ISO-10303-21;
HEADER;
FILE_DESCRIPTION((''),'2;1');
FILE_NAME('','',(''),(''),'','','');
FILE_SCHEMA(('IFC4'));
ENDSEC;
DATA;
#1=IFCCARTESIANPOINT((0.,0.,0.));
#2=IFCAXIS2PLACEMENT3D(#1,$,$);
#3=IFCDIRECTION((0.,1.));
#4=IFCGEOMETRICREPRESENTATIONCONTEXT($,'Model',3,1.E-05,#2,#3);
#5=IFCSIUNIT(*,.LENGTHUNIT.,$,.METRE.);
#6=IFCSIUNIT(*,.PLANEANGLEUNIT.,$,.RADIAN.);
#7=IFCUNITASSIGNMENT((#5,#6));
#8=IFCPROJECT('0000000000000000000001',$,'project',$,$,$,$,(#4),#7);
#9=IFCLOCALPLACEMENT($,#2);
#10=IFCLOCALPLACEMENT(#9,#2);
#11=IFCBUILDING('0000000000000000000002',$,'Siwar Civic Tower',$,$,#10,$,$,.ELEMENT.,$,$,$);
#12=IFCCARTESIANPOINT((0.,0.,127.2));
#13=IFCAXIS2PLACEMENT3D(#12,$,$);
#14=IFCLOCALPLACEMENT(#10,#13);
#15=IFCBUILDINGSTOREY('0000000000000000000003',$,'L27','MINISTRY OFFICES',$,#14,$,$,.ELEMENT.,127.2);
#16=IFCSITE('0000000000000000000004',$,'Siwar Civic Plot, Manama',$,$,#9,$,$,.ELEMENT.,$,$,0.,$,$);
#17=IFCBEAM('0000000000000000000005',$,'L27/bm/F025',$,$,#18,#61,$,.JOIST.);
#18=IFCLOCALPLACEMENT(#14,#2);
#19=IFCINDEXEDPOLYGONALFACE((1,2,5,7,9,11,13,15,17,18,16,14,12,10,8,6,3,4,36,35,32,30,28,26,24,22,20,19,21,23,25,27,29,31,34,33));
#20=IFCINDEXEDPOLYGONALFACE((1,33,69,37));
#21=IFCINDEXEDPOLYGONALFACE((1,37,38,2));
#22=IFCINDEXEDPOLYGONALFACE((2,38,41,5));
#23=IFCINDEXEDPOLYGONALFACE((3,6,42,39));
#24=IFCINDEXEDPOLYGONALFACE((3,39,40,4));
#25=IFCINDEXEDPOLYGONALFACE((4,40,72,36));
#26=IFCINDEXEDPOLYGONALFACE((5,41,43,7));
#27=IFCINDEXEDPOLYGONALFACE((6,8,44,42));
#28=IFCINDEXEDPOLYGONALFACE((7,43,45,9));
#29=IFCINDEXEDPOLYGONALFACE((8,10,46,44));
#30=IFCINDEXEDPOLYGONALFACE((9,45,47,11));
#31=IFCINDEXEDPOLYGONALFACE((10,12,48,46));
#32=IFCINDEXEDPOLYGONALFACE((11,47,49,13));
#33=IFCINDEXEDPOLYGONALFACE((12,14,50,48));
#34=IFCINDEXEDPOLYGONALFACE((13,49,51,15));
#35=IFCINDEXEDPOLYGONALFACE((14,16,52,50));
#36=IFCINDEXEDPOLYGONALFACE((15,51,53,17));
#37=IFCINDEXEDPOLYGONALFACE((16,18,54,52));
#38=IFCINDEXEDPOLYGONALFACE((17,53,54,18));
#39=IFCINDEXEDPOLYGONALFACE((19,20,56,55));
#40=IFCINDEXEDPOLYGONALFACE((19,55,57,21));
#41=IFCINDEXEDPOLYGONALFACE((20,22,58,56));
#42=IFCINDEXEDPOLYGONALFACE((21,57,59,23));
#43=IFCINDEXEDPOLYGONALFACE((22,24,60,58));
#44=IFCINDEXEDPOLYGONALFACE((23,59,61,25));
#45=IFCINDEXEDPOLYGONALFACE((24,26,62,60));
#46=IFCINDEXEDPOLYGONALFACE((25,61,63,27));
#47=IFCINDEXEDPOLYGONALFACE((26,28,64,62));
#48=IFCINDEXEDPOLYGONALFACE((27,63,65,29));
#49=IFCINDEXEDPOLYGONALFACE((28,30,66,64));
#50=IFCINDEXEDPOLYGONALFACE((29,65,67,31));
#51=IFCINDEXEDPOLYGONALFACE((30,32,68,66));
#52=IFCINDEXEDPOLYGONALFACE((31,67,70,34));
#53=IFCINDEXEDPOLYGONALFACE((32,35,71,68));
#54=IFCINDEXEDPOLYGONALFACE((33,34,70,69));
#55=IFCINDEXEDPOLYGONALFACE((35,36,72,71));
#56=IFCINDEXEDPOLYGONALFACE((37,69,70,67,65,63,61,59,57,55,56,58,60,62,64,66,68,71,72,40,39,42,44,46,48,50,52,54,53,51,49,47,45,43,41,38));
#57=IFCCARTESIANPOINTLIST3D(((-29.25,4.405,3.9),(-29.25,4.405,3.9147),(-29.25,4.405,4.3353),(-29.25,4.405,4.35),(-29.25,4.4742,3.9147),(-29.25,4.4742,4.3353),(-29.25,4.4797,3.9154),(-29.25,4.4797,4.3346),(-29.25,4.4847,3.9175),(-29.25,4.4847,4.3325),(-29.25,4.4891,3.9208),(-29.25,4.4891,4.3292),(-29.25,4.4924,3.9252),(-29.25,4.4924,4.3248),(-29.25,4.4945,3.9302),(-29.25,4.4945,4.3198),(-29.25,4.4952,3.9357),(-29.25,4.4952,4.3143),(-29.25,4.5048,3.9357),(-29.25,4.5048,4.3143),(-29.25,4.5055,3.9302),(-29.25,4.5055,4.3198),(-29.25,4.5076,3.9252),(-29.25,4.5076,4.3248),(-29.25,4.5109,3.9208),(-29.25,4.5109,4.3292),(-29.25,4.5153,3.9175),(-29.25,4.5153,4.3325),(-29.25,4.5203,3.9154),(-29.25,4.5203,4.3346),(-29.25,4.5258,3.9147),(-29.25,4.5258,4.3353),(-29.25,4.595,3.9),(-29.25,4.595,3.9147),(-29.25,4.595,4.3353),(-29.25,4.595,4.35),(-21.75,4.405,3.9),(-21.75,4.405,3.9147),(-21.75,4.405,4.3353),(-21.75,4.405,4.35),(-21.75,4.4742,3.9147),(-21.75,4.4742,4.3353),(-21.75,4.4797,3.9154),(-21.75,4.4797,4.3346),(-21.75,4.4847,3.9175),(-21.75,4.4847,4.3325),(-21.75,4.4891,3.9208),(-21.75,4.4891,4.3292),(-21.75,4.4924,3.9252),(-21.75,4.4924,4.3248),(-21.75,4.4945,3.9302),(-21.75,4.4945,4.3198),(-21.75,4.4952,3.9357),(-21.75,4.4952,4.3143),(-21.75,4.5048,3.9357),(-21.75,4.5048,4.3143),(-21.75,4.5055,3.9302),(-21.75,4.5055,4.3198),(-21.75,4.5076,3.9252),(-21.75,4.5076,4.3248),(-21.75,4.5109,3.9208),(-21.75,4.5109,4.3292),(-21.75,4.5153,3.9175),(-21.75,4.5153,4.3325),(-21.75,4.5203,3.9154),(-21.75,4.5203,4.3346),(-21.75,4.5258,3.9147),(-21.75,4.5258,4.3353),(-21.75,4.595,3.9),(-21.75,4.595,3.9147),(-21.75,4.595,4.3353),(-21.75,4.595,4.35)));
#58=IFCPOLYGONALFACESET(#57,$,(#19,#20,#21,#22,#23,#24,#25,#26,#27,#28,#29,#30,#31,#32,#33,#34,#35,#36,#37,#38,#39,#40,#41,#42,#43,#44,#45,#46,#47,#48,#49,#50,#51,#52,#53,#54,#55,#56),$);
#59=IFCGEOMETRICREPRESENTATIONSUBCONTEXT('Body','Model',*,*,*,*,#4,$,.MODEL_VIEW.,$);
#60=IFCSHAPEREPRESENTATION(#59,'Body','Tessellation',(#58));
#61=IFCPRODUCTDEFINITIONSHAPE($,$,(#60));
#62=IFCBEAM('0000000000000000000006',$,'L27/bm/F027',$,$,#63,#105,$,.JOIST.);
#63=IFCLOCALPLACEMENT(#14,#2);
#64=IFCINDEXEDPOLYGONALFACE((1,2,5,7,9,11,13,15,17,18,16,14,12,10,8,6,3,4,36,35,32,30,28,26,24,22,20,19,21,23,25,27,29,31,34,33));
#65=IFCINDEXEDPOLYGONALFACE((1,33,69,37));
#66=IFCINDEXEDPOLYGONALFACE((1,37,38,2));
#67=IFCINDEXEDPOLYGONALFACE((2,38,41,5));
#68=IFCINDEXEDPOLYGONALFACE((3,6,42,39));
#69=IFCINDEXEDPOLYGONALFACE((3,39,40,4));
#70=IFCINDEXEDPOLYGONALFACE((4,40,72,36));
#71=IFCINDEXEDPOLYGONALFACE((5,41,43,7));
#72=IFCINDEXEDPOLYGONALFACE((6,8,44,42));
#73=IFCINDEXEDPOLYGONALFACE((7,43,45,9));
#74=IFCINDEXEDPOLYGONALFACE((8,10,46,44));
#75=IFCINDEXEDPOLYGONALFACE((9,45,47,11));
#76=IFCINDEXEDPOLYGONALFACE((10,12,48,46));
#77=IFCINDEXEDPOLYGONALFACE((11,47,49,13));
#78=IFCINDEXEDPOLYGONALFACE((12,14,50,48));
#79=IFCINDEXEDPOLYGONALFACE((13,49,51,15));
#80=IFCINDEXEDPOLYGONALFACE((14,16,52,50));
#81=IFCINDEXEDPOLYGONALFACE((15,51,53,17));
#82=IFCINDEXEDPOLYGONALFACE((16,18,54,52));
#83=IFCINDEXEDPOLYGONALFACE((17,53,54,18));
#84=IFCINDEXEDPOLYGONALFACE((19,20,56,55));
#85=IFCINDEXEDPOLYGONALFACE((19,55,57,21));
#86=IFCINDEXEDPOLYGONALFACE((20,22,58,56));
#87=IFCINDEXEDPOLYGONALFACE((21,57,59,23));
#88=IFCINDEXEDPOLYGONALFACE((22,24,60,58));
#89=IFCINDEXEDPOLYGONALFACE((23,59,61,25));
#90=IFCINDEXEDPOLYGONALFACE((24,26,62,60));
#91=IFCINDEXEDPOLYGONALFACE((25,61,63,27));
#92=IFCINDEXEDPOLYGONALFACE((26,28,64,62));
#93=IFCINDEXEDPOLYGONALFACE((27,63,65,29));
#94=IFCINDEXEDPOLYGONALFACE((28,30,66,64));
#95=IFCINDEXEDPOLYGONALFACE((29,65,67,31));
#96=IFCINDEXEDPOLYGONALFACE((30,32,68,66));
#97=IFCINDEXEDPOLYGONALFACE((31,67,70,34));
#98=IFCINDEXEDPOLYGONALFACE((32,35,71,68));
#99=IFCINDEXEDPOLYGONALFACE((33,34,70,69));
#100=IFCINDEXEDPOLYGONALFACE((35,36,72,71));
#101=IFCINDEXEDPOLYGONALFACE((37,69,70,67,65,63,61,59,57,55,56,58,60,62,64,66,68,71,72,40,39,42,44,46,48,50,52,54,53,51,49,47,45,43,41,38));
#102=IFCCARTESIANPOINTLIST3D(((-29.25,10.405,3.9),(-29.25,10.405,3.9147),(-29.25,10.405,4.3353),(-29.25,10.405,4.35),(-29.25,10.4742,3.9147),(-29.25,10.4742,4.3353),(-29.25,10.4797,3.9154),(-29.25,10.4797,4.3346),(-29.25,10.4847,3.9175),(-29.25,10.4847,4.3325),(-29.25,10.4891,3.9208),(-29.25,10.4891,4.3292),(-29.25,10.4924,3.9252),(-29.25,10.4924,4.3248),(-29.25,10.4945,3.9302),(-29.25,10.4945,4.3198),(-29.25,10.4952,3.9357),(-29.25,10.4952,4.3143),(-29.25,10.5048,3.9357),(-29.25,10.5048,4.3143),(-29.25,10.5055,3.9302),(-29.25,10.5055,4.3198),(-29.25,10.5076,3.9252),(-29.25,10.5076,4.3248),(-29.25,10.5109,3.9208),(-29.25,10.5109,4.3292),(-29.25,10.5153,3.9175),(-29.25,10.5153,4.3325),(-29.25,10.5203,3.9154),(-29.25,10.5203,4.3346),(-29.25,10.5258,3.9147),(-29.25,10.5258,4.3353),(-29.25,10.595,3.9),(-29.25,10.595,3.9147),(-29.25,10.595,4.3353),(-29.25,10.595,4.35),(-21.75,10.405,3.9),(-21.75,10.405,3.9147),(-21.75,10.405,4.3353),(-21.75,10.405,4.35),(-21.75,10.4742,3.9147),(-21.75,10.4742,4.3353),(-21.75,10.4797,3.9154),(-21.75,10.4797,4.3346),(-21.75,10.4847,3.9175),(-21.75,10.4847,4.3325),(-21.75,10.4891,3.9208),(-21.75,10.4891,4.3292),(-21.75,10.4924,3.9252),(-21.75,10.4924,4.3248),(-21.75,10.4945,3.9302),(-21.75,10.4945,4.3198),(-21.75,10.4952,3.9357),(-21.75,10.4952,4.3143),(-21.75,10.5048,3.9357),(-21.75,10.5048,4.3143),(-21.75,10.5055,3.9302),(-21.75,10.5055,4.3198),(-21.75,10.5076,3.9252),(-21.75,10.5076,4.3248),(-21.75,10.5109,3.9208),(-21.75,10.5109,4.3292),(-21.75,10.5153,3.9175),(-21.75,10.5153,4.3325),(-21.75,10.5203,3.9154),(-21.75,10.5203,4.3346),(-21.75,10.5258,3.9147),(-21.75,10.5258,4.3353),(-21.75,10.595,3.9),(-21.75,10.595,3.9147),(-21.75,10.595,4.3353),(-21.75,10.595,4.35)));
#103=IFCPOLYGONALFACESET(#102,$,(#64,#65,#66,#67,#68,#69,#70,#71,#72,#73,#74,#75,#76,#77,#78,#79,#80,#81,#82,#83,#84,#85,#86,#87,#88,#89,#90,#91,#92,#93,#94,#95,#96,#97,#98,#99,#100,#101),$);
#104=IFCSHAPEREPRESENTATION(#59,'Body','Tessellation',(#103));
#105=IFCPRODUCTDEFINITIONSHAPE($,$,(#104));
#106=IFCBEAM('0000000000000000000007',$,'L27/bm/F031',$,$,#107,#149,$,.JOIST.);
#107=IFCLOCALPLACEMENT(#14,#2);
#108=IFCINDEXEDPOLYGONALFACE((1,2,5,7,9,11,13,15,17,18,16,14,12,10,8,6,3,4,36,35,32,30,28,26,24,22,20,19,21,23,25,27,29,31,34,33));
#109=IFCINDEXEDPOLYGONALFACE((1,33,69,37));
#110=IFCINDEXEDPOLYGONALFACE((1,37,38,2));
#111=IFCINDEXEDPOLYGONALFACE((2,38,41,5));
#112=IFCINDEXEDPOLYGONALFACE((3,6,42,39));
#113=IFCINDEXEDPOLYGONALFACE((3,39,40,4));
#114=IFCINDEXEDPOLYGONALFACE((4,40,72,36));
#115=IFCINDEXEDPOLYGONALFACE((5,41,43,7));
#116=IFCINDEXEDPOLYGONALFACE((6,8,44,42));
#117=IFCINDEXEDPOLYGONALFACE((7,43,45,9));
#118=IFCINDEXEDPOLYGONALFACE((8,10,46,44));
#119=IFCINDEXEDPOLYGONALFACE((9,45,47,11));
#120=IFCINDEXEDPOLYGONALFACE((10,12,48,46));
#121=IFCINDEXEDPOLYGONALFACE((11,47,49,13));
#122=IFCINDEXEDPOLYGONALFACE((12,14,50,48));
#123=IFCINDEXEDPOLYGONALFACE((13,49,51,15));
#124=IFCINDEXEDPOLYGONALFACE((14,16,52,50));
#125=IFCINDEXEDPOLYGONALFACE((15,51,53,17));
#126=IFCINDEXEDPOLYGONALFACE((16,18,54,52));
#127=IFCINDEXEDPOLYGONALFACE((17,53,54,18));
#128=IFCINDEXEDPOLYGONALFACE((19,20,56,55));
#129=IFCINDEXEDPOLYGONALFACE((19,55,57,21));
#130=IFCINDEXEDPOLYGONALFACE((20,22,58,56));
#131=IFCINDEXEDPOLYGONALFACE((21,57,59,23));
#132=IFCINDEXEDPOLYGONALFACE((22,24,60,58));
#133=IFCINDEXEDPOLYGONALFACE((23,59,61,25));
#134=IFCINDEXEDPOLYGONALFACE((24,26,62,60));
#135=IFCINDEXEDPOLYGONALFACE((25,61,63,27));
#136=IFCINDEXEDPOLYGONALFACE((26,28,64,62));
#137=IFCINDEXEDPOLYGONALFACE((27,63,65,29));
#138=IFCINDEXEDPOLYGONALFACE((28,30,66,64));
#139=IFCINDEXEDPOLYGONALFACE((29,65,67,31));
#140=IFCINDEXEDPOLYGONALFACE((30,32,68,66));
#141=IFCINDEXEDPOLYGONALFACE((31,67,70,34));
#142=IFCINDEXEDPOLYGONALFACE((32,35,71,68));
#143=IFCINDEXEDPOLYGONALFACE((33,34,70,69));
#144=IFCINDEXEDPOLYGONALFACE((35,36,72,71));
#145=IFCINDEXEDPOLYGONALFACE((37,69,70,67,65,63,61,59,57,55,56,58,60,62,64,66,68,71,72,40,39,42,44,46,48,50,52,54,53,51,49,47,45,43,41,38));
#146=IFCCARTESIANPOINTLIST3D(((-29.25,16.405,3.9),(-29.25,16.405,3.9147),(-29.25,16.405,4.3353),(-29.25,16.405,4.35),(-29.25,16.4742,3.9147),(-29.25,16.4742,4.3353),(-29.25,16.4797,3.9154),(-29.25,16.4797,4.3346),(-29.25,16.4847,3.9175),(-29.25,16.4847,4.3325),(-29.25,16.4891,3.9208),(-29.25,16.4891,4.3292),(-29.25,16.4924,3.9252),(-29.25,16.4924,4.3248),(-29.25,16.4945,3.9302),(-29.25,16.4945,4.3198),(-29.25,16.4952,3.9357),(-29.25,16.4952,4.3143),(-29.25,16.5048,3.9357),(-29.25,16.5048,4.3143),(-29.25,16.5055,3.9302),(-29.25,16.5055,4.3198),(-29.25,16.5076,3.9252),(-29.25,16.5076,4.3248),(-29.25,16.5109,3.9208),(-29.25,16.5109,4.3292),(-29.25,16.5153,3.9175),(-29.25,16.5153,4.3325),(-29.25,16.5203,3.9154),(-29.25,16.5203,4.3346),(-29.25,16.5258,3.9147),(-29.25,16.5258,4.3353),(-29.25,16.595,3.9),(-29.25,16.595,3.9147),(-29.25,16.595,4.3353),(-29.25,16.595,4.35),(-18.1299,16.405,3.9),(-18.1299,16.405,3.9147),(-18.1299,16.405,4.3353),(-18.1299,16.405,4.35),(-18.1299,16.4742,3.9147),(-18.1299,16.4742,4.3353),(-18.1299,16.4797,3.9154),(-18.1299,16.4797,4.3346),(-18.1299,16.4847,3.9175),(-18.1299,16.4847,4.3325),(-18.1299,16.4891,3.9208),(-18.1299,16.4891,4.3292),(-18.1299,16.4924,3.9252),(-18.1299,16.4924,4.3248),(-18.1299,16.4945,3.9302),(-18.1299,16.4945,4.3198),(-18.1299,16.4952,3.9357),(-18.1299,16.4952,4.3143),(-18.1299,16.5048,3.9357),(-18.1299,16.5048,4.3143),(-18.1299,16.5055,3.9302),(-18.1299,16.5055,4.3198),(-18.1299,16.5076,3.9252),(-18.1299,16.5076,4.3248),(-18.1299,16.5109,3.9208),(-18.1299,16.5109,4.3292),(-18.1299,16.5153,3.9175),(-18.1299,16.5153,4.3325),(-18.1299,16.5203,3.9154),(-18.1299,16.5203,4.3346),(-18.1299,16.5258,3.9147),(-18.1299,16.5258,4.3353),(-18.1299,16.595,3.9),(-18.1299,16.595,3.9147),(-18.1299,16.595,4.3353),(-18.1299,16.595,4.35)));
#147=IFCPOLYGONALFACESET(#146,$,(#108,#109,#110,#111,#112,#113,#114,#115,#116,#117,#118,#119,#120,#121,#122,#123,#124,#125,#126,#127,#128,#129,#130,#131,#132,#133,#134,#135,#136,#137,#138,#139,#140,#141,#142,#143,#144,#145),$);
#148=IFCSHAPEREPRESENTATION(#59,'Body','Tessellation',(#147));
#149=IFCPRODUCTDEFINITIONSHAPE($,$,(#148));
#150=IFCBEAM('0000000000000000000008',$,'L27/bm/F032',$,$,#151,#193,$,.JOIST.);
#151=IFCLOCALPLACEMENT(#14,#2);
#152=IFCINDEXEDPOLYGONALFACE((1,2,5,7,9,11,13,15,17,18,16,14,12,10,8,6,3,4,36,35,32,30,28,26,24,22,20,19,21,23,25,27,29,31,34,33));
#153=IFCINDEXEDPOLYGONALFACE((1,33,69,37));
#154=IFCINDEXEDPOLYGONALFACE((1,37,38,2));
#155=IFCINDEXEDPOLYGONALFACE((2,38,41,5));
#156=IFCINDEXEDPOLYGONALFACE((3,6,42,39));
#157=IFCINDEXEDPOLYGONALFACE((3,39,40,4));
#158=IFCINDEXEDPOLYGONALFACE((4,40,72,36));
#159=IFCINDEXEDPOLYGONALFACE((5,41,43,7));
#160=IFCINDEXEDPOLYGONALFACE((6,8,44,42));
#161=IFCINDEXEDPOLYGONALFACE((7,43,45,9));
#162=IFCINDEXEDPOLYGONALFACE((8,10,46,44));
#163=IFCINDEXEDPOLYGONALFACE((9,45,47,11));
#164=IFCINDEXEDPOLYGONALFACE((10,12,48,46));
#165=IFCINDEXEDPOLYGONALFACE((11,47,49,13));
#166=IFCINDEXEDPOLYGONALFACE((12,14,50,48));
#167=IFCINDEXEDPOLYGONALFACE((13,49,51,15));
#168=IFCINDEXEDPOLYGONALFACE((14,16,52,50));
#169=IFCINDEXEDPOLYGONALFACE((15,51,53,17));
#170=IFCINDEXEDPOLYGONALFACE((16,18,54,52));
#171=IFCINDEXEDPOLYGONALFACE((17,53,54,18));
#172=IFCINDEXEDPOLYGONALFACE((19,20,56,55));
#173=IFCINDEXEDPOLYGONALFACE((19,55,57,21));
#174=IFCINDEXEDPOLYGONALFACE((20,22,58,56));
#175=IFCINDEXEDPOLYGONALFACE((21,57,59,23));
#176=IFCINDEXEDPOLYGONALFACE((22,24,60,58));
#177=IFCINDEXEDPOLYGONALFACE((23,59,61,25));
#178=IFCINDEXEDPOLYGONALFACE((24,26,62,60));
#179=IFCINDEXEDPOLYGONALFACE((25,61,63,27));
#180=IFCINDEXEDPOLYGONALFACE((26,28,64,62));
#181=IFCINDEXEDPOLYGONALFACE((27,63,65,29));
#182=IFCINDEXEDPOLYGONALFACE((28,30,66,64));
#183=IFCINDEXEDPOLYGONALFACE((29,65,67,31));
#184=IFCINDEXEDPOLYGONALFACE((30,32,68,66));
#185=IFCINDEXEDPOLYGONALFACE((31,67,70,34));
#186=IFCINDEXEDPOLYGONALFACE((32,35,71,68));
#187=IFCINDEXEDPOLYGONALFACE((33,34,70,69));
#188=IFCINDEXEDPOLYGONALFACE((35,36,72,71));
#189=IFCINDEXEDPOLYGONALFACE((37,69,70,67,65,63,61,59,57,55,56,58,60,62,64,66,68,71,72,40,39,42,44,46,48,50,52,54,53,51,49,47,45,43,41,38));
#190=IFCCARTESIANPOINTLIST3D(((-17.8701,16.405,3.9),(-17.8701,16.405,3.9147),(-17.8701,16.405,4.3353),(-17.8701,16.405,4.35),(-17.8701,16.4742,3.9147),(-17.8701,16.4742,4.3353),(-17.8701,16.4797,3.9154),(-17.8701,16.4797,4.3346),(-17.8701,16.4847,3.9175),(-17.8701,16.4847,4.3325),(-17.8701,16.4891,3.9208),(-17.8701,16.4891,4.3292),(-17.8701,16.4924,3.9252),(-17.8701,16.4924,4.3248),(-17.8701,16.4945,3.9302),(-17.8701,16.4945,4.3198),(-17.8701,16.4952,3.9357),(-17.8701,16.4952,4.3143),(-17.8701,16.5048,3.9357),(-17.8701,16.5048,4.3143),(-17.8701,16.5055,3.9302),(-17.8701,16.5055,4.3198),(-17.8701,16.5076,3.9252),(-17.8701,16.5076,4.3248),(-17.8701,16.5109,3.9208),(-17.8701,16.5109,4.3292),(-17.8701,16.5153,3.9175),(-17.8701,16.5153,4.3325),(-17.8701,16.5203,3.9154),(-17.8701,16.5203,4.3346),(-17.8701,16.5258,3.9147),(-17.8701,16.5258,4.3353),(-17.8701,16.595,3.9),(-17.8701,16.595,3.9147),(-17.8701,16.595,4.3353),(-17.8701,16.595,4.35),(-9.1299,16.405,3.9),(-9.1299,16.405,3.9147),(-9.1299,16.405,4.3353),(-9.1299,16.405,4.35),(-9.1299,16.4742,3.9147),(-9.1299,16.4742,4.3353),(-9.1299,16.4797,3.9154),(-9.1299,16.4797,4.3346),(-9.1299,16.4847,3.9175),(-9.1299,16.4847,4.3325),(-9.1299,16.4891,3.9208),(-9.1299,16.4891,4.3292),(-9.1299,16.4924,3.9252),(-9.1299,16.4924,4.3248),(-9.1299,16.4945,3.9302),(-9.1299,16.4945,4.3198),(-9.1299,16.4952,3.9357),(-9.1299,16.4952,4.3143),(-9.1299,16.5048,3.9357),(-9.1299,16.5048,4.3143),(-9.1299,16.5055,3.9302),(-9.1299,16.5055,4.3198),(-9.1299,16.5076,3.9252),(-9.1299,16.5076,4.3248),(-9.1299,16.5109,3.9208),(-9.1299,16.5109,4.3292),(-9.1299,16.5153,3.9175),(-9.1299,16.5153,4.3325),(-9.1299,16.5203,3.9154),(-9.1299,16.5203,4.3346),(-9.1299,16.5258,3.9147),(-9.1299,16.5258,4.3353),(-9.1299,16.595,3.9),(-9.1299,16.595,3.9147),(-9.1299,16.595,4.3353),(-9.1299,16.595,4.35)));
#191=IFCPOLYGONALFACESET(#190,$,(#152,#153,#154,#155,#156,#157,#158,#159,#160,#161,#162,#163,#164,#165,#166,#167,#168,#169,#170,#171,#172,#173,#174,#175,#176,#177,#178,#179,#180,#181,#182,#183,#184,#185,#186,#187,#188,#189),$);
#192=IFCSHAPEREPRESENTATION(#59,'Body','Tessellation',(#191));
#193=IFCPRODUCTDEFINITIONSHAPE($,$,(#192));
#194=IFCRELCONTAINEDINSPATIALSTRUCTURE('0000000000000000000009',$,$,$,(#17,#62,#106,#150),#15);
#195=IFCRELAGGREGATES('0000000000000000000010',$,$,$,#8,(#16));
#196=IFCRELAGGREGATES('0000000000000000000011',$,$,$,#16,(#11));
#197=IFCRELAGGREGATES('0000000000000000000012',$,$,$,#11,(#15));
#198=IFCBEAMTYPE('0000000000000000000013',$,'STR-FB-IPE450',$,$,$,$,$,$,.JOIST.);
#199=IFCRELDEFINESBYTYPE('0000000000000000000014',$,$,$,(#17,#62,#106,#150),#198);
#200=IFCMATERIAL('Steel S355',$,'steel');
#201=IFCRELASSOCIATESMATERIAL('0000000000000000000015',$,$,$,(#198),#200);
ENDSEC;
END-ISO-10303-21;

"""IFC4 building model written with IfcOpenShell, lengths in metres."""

from ifc_helpers import new_model, si_unit, direction, frame, origin, origin_2d, place, context, subcontext, project, spatial, i_section, extrude, material, material_profile, profile_set, type_object, element, save


model = new_model("IFC4")

# Units and contexts
model_context = context("Model", 3, precision=1e-05, world=origin(), true_north=direction((0.0, 1.0)))
body_context = subcontext(model_context, "Body", "Model", "MODEL_VIEW")
ifc_project = project(units=[si_unit("LENGTHUNIT", "METRE"), si_unit("PLANEANGLEUNIT", "RADIAN")], contexts=[model_context])

# Site, building, storey
site_placement = place(None, origin())
site = spatial("IfcSite", under=ifc_project, at=site_placement, Name="Siwar Civic Plot, Manama", CompositionType="ELEMENT", RefElevation=0.0)
building_placement = place(site_placement, origin())
building = spatial("IfcBuilding", under=site, at=building_placement, Name="Siwar Civic Tower", CompositionType="ELEMENT")
storey_placement = place(building_placement, frame((0.0, 0.0, 127.2)))
storey = spatial("IfcBuildingStorey", under=building, at=storey_placement, Name="L27", Description="MINISTRY OFFICES", CompositionType="ELEMENT", Elevation=127.2)

# Beams
ifc_material_1 = material(Name="Steel S355", Category="steel")
ifc_material_profile_1 = material_profile(ifc_material_1, i_section(OverallWidth=0.1899, OverallDepth=0.45, WebThickness=0.0095, FlangeThickness=0.0146, FilletRadius=0.021, at=origin_2d()), Name="IPE450")
ifc_profile_set_1 = profile_set([ifc_material_profile_1], Name="Steel S355")
beam_type_1 = type_object("IfcBeamType", Name="STR-FB-IPE450", PredefinedType="JOIST", material=ifc_profile_set_1)
for number, where, z_axis, x_axis, name in (
    (1, (-29.25, 4.5, 4.125), (1.0, 0.0, 0.0), (0.0, 1.0, 0.0), "L27/bm/F025"),
    (2, (-29.25, 10.5, 4.125), (1.0, 0.0, 0.0), (0.0, 1.0, 0.0), "L27/bm/F027"),
):
    element("IfcBeam", number, at=place(storey_placement, frame(where, z_axis=z_axis, x_axis=x_axis)), inside=storey, type_object=beam_type_1, Name=name, PredefinedType="JOIST", context=body_context, shape_type="SweptSolid", body=[
        extrude(i_section(OverallWidth=0.1899, OverallDepth=0.45, WebThickness=0.0095, FlangeThickness=0.0146, FilletRadius=0.021, at=origin_2d()), origin(), (0.0, 0.0, 1.0), 7.5),
    ])
beam_1_placement = place(storey_placement, frame((-29.25, 16.5, 4.125), z_axis=(1.0, 0.0, 0.0), x_axis=(0.0, 1.0, 0.0)))
element("IfcBeam", 3, at=beam_1_placement, inside=storey, type_object=beam_type_1, Name="L27/bm/F031", PredefinedType="JOIST", context=body_context, shape_type="SweptSolid", body=[
    extrude(i_section(OverallWidth=0.1899, OverallDepth=0.45, WebThickness=0.0095, FlangeThickness=0.0146, FilletRadius=0.021, at=origin_2d()), origin(), (0.0, 0.0, 1.0), 11.1201),
])
beam_2_placement = place(storey_placement, frame((-17.8701, 16.5, 4.125), z_axis=(1.0, 0.0, 0.0), x_axis=(0.0, 1.0, 0.0)))
element("IfcBeam", 4, at=beam_2_placement, inside=storey, type_object=beam_type_1, Name="L27/bm/F032", PredefinedType="JOIST", context=body_context, shape_type="SweptSolid", body=[
    extrude(i_section(OverallWidth=0.1899, OverallDepth=0.45, WebThickness=0.0095, FlangeThickness=0.0146, FilletRadius=0.021, at=origin_2d()), origin(), (0.0, 0.0, 1.0), 8.7402),
])

save(model, "model.ifc")
